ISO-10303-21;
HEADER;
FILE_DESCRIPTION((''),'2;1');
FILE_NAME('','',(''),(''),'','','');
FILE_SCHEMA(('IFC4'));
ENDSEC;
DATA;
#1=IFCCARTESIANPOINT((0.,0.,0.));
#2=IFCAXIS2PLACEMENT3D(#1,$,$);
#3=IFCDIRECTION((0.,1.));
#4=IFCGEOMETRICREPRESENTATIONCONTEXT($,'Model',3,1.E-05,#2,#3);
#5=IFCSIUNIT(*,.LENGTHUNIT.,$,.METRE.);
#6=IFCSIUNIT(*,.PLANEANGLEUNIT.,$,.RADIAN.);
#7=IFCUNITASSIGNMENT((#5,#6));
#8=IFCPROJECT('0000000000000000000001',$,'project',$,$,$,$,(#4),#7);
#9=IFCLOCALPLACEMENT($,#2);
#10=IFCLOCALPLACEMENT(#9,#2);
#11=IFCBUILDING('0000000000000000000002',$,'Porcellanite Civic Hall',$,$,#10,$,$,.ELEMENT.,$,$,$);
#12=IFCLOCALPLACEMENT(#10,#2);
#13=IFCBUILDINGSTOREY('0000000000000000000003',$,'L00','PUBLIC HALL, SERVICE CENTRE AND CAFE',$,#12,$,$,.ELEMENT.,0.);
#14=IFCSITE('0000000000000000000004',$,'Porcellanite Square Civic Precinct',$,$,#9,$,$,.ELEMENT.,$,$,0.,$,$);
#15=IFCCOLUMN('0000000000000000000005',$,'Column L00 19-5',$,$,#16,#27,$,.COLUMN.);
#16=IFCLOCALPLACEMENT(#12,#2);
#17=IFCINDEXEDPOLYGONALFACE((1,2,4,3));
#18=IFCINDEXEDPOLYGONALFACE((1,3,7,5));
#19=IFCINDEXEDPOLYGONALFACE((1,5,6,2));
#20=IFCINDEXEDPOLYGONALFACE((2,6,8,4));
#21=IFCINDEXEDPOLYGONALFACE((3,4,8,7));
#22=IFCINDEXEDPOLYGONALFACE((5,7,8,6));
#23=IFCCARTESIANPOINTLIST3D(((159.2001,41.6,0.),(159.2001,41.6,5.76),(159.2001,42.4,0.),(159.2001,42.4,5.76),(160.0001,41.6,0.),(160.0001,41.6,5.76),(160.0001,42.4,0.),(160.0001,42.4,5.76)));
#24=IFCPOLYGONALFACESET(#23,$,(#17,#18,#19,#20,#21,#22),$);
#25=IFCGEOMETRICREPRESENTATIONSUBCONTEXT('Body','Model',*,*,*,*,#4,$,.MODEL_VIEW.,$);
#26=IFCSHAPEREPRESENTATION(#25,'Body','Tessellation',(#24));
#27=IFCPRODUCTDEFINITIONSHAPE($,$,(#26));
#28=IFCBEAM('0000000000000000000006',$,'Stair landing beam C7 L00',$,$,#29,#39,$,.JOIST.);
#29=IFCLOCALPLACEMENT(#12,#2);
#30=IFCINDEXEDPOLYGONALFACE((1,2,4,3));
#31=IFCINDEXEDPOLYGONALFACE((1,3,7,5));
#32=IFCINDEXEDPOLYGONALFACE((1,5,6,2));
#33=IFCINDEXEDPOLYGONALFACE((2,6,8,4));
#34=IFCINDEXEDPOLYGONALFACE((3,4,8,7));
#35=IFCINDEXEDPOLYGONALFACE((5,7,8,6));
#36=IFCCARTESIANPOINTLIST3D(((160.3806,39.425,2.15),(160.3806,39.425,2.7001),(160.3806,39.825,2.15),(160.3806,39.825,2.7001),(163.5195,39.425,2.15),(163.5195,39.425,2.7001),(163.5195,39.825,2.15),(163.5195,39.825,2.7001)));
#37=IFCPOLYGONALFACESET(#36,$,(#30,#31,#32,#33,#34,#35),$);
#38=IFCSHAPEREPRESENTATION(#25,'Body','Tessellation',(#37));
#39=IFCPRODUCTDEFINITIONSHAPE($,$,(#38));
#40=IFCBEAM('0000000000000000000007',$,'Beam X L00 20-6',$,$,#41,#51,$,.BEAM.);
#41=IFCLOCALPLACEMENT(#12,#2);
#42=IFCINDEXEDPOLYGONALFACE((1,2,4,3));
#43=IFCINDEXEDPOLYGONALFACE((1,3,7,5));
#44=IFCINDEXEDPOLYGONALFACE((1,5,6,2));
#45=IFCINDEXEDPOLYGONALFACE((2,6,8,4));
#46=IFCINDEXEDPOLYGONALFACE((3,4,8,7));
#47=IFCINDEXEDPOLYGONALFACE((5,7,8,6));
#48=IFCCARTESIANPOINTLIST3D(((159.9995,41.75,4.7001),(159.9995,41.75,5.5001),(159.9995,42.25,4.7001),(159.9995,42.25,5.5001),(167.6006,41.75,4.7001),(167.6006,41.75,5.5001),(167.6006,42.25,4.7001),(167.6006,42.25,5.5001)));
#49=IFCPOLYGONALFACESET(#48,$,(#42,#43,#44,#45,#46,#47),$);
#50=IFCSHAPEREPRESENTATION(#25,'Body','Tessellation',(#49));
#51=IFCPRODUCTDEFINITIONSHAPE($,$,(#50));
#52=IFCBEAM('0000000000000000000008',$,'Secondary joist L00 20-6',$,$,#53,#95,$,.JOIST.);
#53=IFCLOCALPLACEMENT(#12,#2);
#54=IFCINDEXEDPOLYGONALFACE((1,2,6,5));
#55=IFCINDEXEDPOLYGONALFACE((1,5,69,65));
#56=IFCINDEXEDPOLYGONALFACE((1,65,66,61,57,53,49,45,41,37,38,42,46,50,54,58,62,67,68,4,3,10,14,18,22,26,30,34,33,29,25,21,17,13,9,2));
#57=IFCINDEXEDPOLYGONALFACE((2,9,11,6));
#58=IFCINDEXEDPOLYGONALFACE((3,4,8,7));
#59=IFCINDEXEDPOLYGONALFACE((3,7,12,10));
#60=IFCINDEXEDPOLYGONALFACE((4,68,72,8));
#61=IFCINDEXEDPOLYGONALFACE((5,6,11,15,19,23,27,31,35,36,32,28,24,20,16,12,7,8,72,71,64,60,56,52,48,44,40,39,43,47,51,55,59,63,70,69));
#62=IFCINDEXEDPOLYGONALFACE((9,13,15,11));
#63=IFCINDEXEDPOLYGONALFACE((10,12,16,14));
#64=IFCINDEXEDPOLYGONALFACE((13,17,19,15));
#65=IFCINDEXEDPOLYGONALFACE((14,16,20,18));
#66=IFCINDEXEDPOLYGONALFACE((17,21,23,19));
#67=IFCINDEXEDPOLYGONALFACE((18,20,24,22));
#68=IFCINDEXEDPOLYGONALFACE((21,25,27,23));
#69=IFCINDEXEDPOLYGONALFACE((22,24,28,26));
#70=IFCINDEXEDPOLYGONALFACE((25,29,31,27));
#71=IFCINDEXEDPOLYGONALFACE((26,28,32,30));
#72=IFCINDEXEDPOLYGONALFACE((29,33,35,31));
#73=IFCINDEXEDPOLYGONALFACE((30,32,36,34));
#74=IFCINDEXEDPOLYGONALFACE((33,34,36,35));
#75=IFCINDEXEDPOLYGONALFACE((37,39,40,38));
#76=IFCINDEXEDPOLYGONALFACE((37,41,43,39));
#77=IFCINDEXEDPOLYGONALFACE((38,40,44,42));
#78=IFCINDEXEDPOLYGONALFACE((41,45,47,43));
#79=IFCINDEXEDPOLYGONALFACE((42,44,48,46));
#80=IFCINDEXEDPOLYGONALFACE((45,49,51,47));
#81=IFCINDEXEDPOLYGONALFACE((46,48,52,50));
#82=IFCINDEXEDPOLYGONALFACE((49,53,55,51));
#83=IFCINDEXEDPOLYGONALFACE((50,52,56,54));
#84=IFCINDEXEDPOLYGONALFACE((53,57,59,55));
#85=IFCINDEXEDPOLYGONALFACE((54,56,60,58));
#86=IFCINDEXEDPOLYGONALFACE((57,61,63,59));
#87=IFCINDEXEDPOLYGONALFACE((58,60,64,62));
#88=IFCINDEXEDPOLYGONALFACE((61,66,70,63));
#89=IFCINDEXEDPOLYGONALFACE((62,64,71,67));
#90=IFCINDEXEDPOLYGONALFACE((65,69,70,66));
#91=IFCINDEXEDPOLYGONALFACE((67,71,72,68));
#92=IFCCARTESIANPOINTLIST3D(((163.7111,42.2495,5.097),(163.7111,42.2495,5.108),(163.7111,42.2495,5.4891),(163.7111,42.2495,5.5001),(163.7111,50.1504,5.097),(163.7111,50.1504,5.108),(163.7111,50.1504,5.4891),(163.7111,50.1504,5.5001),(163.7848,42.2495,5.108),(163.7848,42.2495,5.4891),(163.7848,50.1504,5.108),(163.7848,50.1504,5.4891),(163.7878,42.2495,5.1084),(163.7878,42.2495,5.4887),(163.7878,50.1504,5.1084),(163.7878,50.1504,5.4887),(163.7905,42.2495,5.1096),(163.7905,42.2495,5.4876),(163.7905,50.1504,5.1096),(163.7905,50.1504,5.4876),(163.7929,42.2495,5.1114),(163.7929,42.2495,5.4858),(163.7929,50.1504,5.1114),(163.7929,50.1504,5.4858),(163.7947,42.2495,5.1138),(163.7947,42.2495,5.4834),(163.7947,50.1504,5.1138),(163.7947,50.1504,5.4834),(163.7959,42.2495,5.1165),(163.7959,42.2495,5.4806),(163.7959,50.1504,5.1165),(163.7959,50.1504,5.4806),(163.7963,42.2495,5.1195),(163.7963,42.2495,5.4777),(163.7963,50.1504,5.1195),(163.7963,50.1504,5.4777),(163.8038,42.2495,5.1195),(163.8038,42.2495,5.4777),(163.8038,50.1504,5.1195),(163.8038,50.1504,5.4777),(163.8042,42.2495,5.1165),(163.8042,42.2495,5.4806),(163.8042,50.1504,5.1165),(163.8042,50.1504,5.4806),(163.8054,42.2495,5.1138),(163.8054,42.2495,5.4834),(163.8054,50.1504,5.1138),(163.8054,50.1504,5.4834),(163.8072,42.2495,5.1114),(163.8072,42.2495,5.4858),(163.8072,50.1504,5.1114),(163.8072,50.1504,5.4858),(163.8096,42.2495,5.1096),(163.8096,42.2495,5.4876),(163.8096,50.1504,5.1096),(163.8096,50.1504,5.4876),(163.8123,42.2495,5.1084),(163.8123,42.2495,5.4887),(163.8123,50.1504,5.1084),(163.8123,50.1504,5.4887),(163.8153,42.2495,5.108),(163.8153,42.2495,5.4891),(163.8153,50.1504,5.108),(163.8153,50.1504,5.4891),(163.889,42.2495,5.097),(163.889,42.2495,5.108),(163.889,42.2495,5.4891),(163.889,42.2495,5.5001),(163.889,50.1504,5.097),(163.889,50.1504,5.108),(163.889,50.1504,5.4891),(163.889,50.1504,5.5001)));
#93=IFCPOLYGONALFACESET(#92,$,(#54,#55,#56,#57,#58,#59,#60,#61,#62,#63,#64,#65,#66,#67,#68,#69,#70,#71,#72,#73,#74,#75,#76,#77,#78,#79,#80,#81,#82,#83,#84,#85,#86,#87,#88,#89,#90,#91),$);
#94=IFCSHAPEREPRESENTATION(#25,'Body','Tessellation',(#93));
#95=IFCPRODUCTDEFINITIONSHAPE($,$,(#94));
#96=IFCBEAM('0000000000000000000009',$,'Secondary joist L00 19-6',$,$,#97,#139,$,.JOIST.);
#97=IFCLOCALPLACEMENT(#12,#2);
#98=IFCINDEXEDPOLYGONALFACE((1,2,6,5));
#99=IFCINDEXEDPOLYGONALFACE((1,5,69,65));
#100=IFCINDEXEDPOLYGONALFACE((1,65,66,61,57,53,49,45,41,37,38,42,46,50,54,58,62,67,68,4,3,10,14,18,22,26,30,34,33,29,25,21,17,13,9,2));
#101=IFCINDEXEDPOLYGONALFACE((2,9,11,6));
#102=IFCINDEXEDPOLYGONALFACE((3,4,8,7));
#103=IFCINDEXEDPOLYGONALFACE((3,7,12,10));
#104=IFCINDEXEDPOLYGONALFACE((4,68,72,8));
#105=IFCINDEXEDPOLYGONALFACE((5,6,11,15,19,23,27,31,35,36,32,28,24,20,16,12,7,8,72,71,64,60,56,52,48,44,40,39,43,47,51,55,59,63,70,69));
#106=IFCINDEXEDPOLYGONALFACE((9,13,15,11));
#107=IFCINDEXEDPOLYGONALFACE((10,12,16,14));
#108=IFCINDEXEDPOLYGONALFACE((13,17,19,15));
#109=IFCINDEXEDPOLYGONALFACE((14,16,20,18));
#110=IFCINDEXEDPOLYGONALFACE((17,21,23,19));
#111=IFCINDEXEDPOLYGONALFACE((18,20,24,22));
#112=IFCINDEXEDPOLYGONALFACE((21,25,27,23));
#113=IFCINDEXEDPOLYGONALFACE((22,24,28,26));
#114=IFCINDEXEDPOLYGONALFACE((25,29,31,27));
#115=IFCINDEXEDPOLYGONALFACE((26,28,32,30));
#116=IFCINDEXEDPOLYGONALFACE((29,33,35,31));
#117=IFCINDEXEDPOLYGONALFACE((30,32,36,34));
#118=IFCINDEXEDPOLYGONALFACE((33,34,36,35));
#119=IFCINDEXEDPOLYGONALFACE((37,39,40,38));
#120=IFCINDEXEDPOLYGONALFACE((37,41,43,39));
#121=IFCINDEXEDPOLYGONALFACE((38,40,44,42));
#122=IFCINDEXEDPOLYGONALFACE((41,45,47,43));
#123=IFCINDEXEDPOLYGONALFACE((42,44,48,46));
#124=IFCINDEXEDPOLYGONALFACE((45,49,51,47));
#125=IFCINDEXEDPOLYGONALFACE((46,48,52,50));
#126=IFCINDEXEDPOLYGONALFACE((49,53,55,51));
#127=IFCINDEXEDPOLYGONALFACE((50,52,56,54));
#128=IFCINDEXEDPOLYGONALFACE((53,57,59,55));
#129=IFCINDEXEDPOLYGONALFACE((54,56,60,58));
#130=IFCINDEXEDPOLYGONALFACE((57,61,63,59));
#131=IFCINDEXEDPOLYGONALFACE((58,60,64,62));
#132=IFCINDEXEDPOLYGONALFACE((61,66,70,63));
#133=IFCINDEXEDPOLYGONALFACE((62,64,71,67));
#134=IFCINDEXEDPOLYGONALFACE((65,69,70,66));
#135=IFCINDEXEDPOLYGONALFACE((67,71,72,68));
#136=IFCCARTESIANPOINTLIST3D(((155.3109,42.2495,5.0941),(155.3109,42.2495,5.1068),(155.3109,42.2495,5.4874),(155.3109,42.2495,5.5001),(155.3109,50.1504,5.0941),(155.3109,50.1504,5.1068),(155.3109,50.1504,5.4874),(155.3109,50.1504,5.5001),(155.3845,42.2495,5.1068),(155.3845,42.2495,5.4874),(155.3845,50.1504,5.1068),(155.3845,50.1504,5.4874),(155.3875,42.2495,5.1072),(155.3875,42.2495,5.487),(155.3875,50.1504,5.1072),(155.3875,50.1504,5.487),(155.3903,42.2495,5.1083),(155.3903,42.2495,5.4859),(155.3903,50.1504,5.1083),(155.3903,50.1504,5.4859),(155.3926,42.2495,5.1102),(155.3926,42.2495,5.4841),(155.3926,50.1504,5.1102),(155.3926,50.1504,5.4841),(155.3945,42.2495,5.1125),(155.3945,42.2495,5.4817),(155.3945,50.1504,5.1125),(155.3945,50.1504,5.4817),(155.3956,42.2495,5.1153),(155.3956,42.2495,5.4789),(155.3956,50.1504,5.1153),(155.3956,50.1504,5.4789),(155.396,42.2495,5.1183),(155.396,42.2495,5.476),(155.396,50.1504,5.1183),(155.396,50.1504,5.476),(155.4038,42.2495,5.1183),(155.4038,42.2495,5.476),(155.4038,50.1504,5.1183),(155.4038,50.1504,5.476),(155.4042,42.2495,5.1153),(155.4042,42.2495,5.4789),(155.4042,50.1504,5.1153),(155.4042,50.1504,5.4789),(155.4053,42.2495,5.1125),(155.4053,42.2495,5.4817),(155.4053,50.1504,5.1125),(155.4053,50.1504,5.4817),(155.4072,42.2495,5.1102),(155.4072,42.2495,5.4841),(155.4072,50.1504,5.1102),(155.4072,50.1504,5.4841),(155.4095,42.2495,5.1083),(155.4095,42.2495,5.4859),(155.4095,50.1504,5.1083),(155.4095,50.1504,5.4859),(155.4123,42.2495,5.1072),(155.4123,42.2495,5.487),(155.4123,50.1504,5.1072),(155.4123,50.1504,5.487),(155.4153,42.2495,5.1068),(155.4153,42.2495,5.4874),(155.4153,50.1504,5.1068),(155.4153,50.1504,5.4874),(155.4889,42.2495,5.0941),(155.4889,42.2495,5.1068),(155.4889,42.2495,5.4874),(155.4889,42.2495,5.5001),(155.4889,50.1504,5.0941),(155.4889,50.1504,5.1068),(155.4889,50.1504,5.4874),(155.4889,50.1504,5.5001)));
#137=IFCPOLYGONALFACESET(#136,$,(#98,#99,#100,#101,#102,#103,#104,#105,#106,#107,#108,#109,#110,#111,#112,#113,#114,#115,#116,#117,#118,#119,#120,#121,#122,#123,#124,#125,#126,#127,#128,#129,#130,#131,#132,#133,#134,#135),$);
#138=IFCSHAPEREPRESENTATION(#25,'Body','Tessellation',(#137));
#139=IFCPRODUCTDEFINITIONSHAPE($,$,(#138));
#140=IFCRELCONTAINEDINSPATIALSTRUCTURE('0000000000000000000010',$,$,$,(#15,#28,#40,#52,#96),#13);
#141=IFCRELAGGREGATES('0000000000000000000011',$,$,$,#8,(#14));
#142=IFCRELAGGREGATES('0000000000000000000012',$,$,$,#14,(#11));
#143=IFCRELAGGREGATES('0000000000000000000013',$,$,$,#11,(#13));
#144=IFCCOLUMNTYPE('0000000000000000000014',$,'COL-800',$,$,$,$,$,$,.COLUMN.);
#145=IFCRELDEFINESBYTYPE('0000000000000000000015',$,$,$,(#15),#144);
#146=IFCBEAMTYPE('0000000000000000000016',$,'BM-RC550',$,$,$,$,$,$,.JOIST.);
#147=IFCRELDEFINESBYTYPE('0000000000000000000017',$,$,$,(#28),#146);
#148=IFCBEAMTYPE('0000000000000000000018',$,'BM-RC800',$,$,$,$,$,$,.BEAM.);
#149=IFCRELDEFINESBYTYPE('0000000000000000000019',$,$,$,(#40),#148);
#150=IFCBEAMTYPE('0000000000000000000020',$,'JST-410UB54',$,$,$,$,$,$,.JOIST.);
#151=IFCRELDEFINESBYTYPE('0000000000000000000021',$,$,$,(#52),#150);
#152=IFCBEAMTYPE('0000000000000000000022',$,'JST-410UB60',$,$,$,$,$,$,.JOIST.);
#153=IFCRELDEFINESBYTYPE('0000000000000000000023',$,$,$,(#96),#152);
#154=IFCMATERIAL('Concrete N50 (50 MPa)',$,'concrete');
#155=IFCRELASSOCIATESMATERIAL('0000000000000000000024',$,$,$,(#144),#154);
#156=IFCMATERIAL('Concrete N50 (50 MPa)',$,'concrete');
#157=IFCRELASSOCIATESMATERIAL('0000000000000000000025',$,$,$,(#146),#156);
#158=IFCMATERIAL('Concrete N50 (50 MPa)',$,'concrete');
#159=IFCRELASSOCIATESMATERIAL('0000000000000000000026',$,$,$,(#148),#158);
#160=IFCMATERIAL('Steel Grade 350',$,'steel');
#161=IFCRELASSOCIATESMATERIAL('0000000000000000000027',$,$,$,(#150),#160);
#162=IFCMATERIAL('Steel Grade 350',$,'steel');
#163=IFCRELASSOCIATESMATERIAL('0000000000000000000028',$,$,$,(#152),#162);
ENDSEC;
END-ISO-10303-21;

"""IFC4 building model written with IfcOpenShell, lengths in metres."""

from ifc_helpers import new_model, si_unit, direction, frame, origin, origin_2d, place, context, subcontext, project, spatial, rectangle, i_section, extrude, material, material_profile, profile_set, type_object, element, save


model = new_model("IFC4")

# Units and contexts
model_context = context("Model", 3, precision=1e-05, world=origin(), true_north=direction((0.0, 1.0)))
body_context = subcontext(model_context, "Body", "Model", "MODEL_VIEW")
ifc_project = project(units=[si_unit("LENGTHUNIT", "METRE"), si_unit("PLANEANGLEUNIT", "RADIAN")], contexts=[model_context])

# Site, building, storey
site_placement = place(None, origin())
site = spatial("IfcSite", under=ifc_project, at=site_placement, Name="Porcellanite Square Civic Precinct", CompositionType="ELEMENT", RefElevation=0.0)
building_placement = place(site_placement, origin())
building = spatial("IfcBuilding", under=site, at=building_placement, Name="Porcellanite Civic Hall", CompositionType="ELEMENT")
storey_placement = place(building_placement, origin())
storey = spatial("IfcBuildingStorey", under=building, at=storey_placement, Name="L00", Description="PUBLIC HALL, SERVICE CENTRE AND CAFE", CompositionType="ELEMENT", Elevation=0.0)

# Column
ifc_material_1 = material(Name="Concrete N50 (50 MPa)", Category="concrete")
ifc_material_profile_1 = material_profile(ifc_material_1, rectangle(XDim=0.8, YDim=0.8, at=origin_2d()), Name="RC-800x800")
ifc_profile_set_1 = profile_set([ifc_material_profile_1], Name="Concrete N50 (50 MPa)")
column_type = type_object("IfcColumnType", Name="COL-800", PredefinedType="COLUMN", material=ifc_profile_set_1)
column_placement = place(storey_placement, frame((159.6001, 42.0, 0.0), z_axis=(0.0, 0.0, 1.0), x_axis=(1.0, 0.0, 0.0)))
element("IfcColumn", 1, at=column_placement, inside=storey, type_object=column_type, Name="Column L00 19-5", PredefinedType="COLUMN", context=body_context, shape_type="SweptSolid", body=[
    extrude(rectangle(XDim=0.8, YDim=0.8, at=origin_2d()), origin(), (0.0, 0.0, 1.0), 5.76),
])

# Beams
ifc_material_2 = material(Name="Concrete N50 (50 MPa)", Category="concrete")
ifc_material_profile_2 = material_profile(ifc_material_2, rectangle(XDim=0.3999, YDim=0.55, at=origin_2d()), Name="RC-400x550")
ifc_profile_set_2 = profile_set([ifc_material_profile_2], Name="Concrete N50 (50 MPa)")
beam_type_1 = type_object("IfcBeamType", Name="BM-RC550", PredefinedType="JOIST", material=ifc_profile_set_2)
beam_1_placement = place(storey_placement, frame((160.3806, 39.625, 2.425), z_axis=(1.0, 0.0, 0.0), x_axis=(0.0, 1.0, 0.0)))
element("IfcBeam", 2, at=beam_1_placement, inside=storey, type_object=beam_type_1, Name="Stair landing beam C7 L00", PredefinedType="JOIST", context=body_context, shape_type="SweptSolid", body=[
    extrude(rectangle(XDim=0.3999, YDim=0.55, at=origin_2d()), origin(), (0.0, 0.0, 1.0), 3.1389),
])
ifc_material_3 = material(Name="Concrete N50 (50 MPa)", Category="concrete")
ifc_material_profile_3 = material_profile(ifc_material_3, rectangle(XDim=0.5, YDim=0.8, at=origin_2d()), Name="RC-500x800")
ifc_profile_set_3 = profile_set([ifc_material_profile_3], Name="Concrete N50 (50 MPa)")
beam_type_2 = type_object("IfcBeamType", Name="BM-RC800", PredefinedType="BEAM", material=ifc_profile_set_3)
beam_2_placement = place(storey_placement, frame((159.9995, 42.0, 5.1001), z_axis=(1.0, 0.0, 0.0), x_axis=(0.0, 1.0, 0.0)))
element("IfcBeam", 3, at=beam_2_placement, inside=storey, type_object=beam_type_2, Name="Beam X L00 20-6", PredefinedType="BEAM", context=body_context, shape_type="SweptSolid", body=[
    extrude(rectangle(XDim=0.5, YDim=0.8, at=origin_2d()), origin(), (0.0, 0.0, 1.0), 7.6011),
])
ifc_material_4 = material(Name="Steel Grade 350", Category="steel")
ifc_material_profile_4 = material_profile(ifc_material_4, i_section(OverallWidth=0.178, OverallDepth=0.4031, WebThickness=0.0076, FlangeThickness=0.011, FilletRadius=0.0115, at=origin_2d()), Name="410UB53.7")
ifc_profile_set_4 = profile_set([ifc_material_profile_4], Name="Steel Grade 350")
beam_type_3 = type_object("IfcBeamType", Name="JST-410UB54", PredefinedType="JOIST", material=ifc_profile_set_4)
beam_3_placement = place(storey_placement, frame((163.8, 42.2495, 5.2986), z_axis=(0.0, 1.0, 0.0), x_axis=(-1.0, 0.0, 0.0)))
element("IfcBeam", 4, at=beam_3_placement, inside=storey, type_object=beam_type_3, Name="Secondary joist L00 20-6", PredefinedType="JOIST", context=body_context, shape_type="SweptSolid", body=[
    extrude(i_section(OverallWidth=0.178, OverallDepth=0.4031, WebThickness=0.0076, FlangeThickness=0.011, FilletRadius=0.0115, at=origin_2d()), origin(), (0.0, 0.0, 1.0), 7.9009),
])
ifc_material_5 = material(Name="Steel Grade 350", Category="steel")
ifc_material_profile_5 = material_profile(ifc_material_5, i_section(OverallWidth=0.178, OverallDepth=0.406, WebThickness=0.0078, FlangeThickness=0.0127, FilletRadius=0.0115, at=origin_2d()), Name="410UB59.7")
ifc_profile_set_5 = profile_set([ifc_material_profile_5], Name="Steel Grade 350")
beam_type_4 = type_object("IfcBeamType", Name="JST-410UB60", PredefinedType="JOIST", material=ifc_profile_set_5)
beam_4_placement = place(storey_placement, frame((155.3999, 42.2495, 5.2971), z_axis=(0.0, 1.0, 0.0), x_axis=(-1.0, 0.0, 0.0)))
element("IfcBeam", 5, at=beam_4_placement, inside=storey, type_object=beam_type_4, Name="Secondary joist L00 19-6", PredefinedType="JOIST", context=body_context, shape_type="SweptSolid", body=[
    extrude(i_section(OverallWidth=0.178, OverallDepth=0.406, WebThickness=0.0078, FlangeThickness=0.0127, FilletRadius=0.0115, at=origin_2d()), origin(), (0.0, 0.0, 1.0), 7.9009),
])

save(model, "model.ifc")
